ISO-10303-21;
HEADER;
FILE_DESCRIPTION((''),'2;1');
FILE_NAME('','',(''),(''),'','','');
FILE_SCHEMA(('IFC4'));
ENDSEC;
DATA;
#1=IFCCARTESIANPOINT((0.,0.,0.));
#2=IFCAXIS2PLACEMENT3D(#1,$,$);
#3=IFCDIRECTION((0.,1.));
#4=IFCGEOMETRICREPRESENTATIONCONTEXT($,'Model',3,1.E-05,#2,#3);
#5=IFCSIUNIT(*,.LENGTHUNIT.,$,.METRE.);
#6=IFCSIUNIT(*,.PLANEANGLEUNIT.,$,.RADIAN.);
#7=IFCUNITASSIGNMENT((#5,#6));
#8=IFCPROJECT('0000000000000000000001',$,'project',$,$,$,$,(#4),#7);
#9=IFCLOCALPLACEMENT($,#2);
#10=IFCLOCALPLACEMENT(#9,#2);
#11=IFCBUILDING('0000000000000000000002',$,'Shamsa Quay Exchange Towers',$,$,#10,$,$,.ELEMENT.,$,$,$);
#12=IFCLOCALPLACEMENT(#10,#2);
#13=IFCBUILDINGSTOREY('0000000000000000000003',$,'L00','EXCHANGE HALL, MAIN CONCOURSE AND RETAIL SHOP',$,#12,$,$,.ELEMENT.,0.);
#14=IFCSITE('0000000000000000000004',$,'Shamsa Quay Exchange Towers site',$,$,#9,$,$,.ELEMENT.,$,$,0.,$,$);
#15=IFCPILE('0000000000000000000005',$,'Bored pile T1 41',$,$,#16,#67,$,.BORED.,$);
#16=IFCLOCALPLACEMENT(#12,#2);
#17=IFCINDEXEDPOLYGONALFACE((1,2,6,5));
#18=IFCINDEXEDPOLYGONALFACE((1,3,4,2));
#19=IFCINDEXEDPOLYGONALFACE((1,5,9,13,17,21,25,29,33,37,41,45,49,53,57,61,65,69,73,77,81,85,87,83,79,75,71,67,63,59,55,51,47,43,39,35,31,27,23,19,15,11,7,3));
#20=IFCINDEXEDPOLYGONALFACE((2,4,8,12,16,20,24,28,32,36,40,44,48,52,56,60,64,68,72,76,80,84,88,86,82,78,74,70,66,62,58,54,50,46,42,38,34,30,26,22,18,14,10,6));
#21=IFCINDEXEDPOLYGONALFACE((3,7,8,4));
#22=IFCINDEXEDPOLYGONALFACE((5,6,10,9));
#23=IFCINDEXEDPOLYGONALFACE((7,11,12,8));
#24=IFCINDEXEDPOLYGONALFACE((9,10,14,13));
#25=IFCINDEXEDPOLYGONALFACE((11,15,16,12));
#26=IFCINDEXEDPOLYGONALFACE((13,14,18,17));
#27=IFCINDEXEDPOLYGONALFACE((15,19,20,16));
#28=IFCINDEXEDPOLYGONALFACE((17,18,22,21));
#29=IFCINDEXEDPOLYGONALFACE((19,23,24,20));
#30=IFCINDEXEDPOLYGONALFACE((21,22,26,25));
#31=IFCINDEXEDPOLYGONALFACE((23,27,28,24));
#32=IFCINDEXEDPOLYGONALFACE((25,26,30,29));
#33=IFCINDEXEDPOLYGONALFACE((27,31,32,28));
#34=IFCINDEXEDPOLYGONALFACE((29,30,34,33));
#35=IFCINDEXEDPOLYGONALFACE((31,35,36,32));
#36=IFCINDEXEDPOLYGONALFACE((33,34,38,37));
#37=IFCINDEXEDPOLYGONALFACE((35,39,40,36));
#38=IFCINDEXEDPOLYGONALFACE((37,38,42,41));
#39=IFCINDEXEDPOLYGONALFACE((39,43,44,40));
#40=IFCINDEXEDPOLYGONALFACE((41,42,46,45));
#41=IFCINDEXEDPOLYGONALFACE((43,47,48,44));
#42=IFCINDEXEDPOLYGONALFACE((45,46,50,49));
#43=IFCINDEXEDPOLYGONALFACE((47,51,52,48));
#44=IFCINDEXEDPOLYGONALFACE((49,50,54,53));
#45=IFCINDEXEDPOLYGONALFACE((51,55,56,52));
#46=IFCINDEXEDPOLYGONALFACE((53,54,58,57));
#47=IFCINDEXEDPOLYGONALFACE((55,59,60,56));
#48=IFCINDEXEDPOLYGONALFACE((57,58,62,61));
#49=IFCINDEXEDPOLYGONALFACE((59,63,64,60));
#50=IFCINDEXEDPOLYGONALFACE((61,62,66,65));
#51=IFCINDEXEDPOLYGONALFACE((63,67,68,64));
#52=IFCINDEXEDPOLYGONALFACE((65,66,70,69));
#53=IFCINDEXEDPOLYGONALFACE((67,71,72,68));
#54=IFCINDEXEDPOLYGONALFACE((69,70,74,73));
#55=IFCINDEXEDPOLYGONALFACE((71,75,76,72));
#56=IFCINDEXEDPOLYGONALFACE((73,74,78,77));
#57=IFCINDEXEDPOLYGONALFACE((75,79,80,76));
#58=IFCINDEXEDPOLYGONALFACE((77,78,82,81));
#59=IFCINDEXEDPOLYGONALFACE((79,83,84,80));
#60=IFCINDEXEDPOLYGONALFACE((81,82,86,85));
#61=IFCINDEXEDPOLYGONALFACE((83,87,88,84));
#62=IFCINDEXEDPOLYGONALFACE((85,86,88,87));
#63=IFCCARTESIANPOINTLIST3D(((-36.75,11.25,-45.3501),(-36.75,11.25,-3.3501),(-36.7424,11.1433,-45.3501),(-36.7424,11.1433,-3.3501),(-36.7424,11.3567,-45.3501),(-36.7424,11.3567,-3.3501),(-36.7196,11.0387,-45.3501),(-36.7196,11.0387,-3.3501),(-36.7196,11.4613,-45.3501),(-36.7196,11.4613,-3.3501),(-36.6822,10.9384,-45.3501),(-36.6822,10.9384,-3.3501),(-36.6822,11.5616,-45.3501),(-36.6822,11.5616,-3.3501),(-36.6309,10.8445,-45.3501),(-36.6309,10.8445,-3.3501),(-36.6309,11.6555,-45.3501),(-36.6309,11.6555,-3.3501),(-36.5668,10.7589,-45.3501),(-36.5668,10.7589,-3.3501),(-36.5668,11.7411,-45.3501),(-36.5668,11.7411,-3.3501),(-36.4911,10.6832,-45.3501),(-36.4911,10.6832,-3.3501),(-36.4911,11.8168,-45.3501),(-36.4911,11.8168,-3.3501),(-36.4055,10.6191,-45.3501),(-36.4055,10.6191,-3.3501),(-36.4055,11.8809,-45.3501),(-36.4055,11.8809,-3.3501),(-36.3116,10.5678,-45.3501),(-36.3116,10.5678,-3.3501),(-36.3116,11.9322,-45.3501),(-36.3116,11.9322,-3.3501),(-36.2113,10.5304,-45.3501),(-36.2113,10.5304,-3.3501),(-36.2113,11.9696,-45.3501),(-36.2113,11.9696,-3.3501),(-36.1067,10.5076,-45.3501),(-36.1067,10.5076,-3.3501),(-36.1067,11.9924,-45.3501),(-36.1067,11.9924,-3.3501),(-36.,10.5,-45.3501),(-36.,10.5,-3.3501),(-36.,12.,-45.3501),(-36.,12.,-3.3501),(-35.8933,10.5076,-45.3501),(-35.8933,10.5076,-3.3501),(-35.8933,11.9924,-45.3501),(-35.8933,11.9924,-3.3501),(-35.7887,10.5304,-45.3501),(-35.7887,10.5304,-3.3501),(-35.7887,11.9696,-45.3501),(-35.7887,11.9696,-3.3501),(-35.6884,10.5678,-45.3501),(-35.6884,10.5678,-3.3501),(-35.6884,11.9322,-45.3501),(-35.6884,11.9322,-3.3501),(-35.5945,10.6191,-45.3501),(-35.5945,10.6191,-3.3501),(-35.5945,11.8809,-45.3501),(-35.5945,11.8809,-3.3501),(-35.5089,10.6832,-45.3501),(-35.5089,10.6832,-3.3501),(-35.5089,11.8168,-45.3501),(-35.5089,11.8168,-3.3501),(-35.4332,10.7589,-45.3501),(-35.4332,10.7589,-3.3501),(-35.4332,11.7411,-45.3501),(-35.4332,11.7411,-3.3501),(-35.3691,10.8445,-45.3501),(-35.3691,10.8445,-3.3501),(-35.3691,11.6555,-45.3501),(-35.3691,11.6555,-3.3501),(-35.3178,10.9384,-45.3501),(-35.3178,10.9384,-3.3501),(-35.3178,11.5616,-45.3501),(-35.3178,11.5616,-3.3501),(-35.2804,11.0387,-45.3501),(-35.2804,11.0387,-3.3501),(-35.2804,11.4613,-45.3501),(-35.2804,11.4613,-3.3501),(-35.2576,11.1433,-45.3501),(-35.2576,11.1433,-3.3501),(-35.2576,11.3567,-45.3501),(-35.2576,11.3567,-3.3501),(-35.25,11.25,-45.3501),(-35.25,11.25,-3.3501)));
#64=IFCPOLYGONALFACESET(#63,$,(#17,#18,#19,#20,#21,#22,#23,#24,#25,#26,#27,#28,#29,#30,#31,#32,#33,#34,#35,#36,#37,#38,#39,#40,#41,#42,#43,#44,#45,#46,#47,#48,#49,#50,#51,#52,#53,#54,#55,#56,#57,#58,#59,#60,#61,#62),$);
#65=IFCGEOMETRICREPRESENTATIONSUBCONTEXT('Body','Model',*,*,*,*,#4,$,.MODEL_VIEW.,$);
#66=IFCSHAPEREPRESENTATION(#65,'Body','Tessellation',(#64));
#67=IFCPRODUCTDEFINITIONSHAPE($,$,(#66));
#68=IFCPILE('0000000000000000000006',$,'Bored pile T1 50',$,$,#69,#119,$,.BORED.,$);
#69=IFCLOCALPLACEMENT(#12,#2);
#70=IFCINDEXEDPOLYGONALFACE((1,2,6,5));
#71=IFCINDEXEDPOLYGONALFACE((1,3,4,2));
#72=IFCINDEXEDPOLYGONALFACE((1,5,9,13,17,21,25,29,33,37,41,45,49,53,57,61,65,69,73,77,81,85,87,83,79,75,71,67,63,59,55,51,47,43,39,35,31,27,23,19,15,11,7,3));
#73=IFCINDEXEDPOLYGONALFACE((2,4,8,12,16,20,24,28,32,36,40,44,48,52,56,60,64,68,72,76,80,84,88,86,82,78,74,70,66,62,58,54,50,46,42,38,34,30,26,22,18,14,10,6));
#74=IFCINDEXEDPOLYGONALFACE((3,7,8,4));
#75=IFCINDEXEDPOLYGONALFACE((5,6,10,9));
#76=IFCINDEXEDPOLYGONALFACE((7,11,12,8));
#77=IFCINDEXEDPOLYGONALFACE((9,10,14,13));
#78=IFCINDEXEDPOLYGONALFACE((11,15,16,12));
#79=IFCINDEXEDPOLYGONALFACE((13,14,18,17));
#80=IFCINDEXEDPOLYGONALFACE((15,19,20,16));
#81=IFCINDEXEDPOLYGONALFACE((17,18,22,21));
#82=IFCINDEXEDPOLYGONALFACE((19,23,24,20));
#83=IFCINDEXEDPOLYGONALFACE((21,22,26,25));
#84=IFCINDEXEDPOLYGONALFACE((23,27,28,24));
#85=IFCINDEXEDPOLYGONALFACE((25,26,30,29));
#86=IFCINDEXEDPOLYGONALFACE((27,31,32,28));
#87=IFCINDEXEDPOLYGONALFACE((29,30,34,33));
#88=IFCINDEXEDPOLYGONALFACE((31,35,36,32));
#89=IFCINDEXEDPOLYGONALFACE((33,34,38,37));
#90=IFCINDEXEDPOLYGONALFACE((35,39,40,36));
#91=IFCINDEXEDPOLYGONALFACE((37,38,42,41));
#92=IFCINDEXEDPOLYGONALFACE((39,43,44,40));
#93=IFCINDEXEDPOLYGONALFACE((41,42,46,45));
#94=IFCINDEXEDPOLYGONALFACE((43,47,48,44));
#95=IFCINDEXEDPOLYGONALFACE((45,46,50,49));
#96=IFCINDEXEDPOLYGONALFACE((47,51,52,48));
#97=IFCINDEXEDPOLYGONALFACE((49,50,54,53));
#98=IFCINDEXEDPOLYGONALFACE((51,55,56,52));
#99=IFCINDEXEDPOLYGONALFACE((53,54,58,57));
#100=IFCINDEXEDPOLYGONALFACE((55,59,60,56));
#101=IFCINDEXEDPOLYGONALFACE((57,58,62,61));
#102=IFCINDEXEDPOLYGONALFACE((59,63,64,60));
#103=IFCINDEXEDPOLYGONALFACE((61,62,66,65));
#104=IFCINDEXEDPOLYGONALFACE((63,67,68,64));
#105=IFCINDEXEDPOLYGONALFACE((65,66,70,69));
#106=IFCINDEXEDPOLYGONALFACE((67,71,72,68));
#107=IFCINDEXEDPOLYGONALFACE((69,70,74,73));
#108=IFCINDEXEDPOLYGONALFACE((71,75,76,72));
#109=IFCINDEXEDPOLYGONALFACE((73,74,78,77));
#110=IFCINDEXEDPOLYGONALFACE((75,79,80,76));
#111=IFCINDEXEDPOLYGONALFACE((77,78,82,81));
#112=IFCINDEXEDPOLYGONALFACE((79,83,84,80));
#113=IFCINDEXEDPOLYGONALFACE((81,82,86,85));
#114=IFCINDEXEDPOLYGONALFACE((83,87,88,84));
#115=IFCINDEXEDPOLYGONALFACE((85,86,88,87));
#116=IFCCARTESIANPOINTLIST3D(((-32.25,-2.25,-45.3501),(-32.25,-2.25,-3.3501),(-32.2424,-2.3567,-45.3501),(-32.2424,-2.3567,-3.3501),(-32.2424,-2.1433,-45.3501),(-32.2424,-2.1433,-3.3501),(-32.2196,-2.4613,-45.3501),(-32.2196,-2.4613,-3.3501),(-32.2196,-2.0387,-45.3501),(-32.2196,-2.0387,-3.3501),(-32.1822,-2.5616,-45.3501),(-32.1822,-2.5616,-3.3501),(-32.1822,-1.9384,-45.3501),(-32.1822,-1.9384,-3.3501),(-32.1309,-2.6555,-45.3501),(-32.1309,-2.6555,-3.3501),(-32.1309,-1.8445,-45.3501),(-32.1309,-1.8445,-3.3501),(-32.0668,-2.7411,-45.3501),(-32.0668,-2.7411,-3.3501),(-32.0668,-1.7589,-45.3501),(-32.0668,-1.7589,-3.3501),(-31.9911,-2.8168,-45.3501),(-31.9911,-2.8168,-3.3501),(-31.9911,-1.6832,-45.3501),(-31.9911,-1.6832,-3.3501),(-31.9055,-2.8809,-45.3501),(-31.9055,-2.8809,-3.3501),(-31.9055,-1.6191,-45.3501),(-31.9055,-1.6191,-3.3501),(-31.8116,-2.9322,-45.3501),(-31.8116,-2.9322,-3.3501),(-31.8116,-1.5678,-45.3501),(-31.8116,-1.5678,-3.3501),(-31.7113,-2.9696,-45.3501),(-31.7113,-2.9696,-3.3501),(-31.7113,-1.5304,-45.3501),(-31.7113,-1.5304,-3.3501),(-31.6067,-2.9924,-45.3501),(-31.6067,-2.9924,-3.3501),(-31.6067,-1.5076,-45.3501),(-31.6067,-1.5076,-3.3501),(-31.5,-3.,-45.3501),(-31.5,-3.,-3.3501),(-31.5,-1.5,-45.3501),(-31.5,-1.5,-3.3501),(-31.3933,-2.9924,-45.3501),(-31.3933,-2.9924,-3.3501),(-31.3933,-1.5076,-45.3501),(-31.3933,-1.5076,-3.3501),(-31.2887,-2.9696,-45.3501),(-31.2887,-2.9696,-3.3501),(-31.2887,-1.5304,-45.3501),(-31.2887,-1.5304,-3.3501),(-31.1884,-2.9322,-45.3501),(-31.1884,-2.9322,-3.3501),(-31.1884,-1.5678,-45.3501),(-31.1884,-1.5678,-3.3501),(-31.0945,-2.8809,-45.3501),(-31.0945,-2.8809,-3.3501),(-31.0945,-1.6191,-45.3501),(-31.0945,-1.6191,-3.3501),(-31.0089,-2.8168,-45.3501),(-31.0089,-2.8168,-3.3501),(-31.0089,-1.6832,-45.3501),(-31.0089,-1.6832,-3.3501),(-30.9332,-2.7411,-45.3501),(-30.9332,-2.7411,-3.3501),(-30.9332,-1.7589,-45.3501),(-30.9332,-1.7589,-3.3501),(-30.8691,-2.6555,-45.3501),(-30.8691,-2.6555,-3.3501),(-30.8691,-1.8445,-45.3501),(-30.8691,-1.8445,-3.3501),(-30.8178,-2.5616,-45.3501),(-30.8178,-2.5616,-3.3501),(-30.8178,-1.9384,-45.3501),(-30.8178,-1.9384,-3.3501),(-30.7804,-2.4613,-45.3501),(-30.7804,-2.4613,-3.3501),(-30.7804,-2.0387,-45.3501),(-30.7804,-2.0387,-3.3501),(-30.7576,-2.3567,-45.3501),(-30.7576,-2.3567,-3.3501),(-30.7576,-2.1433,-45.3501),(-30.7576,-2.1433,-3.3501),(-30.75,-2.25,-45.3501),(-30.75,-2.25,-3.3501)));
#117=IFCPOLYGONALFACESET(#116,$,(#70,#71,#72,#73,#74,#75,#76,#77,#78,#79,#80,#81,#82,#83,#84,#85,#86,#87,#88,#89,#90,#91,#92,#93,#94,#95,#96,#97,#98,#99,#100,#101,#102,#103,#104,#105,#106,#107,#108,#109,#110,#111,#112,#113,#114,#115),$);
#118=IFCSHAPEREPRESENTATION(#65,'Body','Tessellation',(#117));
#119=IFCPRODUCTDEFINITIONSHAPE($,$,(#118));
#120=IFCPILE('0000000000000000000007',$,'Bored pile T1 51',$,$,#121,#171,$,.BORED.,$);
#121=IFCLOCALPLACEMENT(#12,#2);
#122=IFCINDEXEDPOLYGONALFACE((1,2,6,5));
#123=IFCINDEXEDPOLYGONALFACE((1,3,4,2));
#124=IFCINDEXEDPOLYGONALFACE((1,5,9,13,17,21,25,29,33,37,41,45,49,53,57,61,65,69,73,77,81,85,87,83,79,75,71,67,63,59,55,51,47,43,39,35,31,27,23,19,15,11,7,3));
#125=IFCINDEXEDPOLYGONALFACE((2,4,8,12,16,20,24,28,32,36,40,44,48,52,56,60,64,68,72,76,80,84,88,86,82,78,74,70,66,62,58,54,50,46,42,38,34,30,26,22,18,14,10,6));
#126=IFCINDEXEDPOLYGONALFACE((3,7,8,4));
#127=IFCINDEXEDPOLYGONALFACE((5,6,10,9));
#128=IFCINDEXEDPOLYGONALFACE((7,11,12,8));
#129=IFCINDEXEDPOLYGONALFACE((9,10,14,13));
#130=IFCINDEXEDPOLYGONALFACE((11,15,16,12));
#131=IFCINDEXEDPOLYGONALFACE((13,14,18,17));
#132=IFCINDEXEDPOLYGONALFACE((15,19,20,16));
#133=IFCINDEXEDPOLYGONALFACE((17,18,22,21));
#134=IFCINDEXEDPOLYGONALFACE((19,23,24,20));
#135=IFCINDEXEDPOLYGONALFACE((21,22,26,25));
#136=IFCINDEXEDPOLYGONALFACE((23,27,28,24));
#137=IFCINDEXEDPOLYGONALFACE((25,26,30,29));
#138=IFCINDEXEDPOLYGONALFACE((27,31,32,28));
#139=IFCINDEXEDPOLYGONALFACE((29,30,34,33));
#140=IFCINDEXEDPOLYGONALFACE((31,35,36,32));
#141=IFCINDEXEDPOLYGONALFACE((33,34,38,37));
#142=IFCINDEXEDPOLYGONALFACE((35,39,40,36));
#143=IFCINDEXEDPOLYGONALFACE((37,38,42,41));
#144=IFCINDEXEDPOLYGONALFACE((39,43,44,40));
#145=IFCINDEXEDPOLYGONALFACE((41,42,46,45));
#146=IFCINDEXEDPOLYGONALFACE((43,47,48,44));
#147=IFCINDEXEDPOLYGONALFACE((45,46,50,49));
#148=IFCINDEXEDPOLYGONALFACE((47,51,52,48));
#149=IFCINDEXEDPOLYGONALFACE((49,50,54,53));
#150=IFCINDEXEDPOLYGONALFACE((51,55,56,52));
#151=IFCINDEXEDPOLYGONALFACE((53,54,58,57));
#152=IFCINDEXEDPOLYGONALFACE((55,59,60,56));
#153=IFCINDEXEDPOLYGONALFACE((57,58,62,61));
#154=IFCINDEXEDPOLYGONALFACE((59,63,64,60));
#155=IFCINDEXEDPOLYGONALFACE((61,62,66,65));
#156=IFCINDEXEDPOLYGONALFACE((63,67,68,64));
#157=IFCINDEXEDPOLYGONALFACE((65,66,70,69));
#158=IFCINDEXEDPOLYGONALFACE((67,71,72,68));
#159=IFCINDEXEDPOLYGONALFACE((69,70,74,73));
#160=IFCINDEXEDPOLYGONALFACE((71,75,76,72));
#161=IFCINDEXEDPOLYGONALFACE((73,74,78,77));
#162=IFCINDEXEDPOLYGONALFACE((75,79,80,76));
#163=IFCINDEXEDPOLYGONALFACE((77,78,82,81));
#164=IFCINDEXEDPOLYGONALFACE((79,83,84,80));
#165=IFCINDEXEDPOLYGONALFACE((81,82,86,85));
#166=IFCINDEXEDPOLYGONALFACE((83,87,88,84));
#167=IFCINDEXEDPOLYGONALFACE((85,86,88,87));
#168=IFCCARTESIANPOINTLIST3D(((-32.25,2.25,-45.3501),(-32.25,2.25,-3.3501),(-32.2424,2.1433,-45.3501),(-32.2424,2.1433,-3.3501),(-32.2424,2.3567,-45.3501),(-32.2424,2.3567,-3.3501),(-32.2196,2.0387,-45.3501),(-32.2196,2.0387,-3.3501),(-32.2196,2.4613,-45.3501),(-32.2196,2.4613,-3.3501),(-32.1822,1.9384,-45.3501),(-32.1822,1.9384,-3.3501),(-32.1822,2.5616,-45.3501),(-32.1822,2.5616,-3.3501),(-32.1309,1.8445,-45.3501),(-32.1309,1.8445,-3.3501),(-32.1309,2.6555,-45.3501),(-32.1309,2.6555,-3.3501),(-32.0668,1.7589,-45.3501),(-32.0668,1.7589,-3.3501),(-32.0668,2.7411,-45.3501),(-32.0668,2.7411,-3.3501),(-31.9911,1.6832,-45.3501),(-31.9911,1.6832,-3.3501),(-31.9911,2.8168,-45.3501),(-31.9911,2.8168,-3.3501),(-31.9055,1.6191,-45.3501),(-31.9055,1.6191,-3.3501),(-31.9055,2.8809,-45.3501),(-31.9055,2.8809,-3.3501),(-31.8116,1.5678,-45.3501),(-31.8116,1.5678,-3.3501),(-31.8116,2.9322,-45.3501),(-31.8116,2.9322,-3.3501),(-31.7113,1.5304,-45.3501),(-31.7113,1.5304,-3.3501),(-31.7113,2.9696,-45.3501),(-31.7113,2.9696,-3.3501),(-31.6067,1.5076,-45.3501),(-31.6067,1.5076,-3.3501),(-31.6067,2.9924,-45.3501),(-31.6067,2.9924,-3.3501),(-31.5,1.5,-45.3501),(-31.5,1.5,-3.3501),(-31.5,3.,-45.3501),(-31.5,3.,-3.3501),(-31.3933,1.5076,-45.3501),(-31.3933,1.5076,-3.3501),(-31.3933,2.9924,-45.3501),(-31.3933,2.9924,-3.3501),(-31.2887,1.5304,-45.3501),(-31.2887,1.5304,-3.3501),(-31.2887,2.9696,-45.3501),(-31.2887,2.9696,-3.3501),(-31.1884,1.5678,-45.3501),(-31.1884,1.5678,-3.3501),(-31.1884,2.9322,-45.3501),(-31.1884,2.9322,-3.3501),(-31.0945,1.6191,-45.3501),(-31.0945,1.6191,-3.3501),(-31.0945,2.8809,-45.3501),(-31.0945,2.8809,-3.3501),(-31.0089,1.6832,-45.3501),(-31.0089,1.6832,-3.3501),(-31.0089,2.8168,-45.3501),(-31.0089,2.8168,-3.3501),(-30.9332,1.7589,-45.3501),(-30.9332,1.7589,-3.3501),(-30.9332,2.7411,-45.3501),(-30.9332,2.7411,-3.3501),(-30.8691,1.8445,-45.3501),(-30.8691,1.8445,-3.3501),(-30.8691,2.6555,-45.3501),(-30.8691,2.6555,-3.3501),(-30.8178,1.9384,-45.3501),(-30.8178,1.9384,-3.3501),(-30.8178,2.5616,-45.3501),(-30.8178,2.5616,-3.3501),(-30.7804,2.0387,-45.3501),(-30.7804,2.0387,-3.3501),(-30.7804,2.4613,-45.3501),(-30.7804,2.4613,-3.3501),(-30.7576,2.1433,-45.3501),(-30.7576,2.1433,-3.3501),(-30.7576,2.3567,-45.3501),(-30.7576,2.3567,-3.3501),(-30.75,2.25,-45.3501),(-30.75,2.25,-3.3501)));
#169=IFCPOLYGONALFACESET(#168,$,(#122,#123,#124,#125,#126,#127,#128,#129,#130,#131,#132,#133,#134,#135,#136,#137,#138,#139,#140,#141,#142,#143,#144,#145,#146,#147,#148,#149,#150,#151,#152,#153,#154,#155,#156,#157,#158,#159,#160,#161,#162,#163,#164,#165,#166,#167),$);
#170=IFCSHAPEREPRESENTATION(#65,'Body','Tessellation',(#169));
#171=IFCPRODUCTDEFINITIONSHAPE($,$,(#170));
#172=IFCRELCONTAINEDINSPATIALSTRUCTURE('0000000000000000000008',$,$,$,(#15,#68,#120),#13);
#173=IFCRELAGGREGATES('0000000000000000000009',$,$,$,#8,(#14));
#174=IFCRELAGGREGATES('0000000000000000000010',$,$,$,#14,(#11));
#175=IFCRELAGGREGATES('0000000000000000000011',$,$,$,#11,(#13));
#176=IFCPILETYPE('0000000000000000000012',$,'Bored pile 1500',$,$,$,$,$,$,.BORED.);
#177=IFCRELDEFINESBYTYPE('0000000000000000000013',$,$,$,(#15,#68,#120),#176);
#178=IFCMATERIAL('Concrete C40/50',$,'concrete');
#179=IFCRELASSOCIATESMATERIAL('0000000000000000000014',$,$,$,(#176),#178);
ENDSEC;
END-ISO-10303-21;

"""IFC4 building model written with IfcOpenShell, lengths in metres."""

from ifc_helpers import new_model, si_unit, direction, frame, origin, origin_2d, place, context, subcontext, project, spatial, circle, extrude, material, material_profile, profile_set, type_object, element, save


model = new_model("IFC4")

# Units and contexts
model_context = context("Model", 3, precision=1e-05, world=origin(), true_north=direction((0.0, 1.0)))
body_context = subcontext(model_context, "Body", "Model", "MODEL_VIEW")
ifc_project = project(units=[si_unit("LENGTHUNIT", "METRE"), si_unit("PLANEANGLEUNIT", "RADIAN")], contexts=[model_context])

# Site, building, storey
site_placement = place(None, origin())
site = spatial("IfcSite", under=ifc_project, at=site_placement, Name="Shamsa Quay Exchange Towers site", CompositionType="ELEMENT", RefElevation=0.0)
building_placement = place(site_placement, origin())
building = spatial("IfcBuilding", under=site, at=building_placement, Name="Shamsa Quay Exchange Towers", CompositionType="ELEMENT")
storey_placement = place(building_placement, origin())
storey = spatial("IfcBuildingStorey", under=building, at=storey_placement, Name="L00", Description="EXCHANGE HALL, MAIN CONCOURSE AND RETAIL SHOP", CompositionType="ELEMENT", Elevation=0.0)

# Piles
ifc_material_1 = material(Name="Concrete C40/50", Category="concrete")
ifc_material_profile_1 = material_profile(ifc_material_1, circle(Radius=0.75, at=origin_2d()), Name="BP1500")
ifc_profile_set_1 = profile_set([ifc_material_profile_1], Name="Concrete C40/50")
pile_type_1 = type_object("IfcPileType", Name="Bored pile 1500", PredefinedType="BORED", material=ifc_profile_set_1)
for number, where, z_axis, x_axis, name in (
    (1, (-36.0, 11.25, -3.3501), (0.0, 0.0, -1.0), (1.0, 0.0, 0.0), "Bored pile T1 41"),
    (2, (-31.5, -2.25, -3.3501), (0.0, 0.0, -1.0), (1.0, 0.0, 0.0), "Bored pile T1 50"),
    (3, (-31.5, 2.25, -3.3501), (0.0, 0.0, -1.0), (1.0, 0.0, 0.0), "Bored pile T1 51"),
):
    element("IfcPile", number, at=place(storey_placement, frame(where, z_axis=z_axis, x_axis=x_axis)), inside=storey, type_object=pile_type_1, Name=name, PredefinedType="BORED", context=body_context, shape_type="SweptSolid", body=[
        extrude(circle(Radius=0.75, at=origin_2d()), origin(), (0.0, 0.0, 1.0), 42.0),
    ])

save(model, "model.ifc")
